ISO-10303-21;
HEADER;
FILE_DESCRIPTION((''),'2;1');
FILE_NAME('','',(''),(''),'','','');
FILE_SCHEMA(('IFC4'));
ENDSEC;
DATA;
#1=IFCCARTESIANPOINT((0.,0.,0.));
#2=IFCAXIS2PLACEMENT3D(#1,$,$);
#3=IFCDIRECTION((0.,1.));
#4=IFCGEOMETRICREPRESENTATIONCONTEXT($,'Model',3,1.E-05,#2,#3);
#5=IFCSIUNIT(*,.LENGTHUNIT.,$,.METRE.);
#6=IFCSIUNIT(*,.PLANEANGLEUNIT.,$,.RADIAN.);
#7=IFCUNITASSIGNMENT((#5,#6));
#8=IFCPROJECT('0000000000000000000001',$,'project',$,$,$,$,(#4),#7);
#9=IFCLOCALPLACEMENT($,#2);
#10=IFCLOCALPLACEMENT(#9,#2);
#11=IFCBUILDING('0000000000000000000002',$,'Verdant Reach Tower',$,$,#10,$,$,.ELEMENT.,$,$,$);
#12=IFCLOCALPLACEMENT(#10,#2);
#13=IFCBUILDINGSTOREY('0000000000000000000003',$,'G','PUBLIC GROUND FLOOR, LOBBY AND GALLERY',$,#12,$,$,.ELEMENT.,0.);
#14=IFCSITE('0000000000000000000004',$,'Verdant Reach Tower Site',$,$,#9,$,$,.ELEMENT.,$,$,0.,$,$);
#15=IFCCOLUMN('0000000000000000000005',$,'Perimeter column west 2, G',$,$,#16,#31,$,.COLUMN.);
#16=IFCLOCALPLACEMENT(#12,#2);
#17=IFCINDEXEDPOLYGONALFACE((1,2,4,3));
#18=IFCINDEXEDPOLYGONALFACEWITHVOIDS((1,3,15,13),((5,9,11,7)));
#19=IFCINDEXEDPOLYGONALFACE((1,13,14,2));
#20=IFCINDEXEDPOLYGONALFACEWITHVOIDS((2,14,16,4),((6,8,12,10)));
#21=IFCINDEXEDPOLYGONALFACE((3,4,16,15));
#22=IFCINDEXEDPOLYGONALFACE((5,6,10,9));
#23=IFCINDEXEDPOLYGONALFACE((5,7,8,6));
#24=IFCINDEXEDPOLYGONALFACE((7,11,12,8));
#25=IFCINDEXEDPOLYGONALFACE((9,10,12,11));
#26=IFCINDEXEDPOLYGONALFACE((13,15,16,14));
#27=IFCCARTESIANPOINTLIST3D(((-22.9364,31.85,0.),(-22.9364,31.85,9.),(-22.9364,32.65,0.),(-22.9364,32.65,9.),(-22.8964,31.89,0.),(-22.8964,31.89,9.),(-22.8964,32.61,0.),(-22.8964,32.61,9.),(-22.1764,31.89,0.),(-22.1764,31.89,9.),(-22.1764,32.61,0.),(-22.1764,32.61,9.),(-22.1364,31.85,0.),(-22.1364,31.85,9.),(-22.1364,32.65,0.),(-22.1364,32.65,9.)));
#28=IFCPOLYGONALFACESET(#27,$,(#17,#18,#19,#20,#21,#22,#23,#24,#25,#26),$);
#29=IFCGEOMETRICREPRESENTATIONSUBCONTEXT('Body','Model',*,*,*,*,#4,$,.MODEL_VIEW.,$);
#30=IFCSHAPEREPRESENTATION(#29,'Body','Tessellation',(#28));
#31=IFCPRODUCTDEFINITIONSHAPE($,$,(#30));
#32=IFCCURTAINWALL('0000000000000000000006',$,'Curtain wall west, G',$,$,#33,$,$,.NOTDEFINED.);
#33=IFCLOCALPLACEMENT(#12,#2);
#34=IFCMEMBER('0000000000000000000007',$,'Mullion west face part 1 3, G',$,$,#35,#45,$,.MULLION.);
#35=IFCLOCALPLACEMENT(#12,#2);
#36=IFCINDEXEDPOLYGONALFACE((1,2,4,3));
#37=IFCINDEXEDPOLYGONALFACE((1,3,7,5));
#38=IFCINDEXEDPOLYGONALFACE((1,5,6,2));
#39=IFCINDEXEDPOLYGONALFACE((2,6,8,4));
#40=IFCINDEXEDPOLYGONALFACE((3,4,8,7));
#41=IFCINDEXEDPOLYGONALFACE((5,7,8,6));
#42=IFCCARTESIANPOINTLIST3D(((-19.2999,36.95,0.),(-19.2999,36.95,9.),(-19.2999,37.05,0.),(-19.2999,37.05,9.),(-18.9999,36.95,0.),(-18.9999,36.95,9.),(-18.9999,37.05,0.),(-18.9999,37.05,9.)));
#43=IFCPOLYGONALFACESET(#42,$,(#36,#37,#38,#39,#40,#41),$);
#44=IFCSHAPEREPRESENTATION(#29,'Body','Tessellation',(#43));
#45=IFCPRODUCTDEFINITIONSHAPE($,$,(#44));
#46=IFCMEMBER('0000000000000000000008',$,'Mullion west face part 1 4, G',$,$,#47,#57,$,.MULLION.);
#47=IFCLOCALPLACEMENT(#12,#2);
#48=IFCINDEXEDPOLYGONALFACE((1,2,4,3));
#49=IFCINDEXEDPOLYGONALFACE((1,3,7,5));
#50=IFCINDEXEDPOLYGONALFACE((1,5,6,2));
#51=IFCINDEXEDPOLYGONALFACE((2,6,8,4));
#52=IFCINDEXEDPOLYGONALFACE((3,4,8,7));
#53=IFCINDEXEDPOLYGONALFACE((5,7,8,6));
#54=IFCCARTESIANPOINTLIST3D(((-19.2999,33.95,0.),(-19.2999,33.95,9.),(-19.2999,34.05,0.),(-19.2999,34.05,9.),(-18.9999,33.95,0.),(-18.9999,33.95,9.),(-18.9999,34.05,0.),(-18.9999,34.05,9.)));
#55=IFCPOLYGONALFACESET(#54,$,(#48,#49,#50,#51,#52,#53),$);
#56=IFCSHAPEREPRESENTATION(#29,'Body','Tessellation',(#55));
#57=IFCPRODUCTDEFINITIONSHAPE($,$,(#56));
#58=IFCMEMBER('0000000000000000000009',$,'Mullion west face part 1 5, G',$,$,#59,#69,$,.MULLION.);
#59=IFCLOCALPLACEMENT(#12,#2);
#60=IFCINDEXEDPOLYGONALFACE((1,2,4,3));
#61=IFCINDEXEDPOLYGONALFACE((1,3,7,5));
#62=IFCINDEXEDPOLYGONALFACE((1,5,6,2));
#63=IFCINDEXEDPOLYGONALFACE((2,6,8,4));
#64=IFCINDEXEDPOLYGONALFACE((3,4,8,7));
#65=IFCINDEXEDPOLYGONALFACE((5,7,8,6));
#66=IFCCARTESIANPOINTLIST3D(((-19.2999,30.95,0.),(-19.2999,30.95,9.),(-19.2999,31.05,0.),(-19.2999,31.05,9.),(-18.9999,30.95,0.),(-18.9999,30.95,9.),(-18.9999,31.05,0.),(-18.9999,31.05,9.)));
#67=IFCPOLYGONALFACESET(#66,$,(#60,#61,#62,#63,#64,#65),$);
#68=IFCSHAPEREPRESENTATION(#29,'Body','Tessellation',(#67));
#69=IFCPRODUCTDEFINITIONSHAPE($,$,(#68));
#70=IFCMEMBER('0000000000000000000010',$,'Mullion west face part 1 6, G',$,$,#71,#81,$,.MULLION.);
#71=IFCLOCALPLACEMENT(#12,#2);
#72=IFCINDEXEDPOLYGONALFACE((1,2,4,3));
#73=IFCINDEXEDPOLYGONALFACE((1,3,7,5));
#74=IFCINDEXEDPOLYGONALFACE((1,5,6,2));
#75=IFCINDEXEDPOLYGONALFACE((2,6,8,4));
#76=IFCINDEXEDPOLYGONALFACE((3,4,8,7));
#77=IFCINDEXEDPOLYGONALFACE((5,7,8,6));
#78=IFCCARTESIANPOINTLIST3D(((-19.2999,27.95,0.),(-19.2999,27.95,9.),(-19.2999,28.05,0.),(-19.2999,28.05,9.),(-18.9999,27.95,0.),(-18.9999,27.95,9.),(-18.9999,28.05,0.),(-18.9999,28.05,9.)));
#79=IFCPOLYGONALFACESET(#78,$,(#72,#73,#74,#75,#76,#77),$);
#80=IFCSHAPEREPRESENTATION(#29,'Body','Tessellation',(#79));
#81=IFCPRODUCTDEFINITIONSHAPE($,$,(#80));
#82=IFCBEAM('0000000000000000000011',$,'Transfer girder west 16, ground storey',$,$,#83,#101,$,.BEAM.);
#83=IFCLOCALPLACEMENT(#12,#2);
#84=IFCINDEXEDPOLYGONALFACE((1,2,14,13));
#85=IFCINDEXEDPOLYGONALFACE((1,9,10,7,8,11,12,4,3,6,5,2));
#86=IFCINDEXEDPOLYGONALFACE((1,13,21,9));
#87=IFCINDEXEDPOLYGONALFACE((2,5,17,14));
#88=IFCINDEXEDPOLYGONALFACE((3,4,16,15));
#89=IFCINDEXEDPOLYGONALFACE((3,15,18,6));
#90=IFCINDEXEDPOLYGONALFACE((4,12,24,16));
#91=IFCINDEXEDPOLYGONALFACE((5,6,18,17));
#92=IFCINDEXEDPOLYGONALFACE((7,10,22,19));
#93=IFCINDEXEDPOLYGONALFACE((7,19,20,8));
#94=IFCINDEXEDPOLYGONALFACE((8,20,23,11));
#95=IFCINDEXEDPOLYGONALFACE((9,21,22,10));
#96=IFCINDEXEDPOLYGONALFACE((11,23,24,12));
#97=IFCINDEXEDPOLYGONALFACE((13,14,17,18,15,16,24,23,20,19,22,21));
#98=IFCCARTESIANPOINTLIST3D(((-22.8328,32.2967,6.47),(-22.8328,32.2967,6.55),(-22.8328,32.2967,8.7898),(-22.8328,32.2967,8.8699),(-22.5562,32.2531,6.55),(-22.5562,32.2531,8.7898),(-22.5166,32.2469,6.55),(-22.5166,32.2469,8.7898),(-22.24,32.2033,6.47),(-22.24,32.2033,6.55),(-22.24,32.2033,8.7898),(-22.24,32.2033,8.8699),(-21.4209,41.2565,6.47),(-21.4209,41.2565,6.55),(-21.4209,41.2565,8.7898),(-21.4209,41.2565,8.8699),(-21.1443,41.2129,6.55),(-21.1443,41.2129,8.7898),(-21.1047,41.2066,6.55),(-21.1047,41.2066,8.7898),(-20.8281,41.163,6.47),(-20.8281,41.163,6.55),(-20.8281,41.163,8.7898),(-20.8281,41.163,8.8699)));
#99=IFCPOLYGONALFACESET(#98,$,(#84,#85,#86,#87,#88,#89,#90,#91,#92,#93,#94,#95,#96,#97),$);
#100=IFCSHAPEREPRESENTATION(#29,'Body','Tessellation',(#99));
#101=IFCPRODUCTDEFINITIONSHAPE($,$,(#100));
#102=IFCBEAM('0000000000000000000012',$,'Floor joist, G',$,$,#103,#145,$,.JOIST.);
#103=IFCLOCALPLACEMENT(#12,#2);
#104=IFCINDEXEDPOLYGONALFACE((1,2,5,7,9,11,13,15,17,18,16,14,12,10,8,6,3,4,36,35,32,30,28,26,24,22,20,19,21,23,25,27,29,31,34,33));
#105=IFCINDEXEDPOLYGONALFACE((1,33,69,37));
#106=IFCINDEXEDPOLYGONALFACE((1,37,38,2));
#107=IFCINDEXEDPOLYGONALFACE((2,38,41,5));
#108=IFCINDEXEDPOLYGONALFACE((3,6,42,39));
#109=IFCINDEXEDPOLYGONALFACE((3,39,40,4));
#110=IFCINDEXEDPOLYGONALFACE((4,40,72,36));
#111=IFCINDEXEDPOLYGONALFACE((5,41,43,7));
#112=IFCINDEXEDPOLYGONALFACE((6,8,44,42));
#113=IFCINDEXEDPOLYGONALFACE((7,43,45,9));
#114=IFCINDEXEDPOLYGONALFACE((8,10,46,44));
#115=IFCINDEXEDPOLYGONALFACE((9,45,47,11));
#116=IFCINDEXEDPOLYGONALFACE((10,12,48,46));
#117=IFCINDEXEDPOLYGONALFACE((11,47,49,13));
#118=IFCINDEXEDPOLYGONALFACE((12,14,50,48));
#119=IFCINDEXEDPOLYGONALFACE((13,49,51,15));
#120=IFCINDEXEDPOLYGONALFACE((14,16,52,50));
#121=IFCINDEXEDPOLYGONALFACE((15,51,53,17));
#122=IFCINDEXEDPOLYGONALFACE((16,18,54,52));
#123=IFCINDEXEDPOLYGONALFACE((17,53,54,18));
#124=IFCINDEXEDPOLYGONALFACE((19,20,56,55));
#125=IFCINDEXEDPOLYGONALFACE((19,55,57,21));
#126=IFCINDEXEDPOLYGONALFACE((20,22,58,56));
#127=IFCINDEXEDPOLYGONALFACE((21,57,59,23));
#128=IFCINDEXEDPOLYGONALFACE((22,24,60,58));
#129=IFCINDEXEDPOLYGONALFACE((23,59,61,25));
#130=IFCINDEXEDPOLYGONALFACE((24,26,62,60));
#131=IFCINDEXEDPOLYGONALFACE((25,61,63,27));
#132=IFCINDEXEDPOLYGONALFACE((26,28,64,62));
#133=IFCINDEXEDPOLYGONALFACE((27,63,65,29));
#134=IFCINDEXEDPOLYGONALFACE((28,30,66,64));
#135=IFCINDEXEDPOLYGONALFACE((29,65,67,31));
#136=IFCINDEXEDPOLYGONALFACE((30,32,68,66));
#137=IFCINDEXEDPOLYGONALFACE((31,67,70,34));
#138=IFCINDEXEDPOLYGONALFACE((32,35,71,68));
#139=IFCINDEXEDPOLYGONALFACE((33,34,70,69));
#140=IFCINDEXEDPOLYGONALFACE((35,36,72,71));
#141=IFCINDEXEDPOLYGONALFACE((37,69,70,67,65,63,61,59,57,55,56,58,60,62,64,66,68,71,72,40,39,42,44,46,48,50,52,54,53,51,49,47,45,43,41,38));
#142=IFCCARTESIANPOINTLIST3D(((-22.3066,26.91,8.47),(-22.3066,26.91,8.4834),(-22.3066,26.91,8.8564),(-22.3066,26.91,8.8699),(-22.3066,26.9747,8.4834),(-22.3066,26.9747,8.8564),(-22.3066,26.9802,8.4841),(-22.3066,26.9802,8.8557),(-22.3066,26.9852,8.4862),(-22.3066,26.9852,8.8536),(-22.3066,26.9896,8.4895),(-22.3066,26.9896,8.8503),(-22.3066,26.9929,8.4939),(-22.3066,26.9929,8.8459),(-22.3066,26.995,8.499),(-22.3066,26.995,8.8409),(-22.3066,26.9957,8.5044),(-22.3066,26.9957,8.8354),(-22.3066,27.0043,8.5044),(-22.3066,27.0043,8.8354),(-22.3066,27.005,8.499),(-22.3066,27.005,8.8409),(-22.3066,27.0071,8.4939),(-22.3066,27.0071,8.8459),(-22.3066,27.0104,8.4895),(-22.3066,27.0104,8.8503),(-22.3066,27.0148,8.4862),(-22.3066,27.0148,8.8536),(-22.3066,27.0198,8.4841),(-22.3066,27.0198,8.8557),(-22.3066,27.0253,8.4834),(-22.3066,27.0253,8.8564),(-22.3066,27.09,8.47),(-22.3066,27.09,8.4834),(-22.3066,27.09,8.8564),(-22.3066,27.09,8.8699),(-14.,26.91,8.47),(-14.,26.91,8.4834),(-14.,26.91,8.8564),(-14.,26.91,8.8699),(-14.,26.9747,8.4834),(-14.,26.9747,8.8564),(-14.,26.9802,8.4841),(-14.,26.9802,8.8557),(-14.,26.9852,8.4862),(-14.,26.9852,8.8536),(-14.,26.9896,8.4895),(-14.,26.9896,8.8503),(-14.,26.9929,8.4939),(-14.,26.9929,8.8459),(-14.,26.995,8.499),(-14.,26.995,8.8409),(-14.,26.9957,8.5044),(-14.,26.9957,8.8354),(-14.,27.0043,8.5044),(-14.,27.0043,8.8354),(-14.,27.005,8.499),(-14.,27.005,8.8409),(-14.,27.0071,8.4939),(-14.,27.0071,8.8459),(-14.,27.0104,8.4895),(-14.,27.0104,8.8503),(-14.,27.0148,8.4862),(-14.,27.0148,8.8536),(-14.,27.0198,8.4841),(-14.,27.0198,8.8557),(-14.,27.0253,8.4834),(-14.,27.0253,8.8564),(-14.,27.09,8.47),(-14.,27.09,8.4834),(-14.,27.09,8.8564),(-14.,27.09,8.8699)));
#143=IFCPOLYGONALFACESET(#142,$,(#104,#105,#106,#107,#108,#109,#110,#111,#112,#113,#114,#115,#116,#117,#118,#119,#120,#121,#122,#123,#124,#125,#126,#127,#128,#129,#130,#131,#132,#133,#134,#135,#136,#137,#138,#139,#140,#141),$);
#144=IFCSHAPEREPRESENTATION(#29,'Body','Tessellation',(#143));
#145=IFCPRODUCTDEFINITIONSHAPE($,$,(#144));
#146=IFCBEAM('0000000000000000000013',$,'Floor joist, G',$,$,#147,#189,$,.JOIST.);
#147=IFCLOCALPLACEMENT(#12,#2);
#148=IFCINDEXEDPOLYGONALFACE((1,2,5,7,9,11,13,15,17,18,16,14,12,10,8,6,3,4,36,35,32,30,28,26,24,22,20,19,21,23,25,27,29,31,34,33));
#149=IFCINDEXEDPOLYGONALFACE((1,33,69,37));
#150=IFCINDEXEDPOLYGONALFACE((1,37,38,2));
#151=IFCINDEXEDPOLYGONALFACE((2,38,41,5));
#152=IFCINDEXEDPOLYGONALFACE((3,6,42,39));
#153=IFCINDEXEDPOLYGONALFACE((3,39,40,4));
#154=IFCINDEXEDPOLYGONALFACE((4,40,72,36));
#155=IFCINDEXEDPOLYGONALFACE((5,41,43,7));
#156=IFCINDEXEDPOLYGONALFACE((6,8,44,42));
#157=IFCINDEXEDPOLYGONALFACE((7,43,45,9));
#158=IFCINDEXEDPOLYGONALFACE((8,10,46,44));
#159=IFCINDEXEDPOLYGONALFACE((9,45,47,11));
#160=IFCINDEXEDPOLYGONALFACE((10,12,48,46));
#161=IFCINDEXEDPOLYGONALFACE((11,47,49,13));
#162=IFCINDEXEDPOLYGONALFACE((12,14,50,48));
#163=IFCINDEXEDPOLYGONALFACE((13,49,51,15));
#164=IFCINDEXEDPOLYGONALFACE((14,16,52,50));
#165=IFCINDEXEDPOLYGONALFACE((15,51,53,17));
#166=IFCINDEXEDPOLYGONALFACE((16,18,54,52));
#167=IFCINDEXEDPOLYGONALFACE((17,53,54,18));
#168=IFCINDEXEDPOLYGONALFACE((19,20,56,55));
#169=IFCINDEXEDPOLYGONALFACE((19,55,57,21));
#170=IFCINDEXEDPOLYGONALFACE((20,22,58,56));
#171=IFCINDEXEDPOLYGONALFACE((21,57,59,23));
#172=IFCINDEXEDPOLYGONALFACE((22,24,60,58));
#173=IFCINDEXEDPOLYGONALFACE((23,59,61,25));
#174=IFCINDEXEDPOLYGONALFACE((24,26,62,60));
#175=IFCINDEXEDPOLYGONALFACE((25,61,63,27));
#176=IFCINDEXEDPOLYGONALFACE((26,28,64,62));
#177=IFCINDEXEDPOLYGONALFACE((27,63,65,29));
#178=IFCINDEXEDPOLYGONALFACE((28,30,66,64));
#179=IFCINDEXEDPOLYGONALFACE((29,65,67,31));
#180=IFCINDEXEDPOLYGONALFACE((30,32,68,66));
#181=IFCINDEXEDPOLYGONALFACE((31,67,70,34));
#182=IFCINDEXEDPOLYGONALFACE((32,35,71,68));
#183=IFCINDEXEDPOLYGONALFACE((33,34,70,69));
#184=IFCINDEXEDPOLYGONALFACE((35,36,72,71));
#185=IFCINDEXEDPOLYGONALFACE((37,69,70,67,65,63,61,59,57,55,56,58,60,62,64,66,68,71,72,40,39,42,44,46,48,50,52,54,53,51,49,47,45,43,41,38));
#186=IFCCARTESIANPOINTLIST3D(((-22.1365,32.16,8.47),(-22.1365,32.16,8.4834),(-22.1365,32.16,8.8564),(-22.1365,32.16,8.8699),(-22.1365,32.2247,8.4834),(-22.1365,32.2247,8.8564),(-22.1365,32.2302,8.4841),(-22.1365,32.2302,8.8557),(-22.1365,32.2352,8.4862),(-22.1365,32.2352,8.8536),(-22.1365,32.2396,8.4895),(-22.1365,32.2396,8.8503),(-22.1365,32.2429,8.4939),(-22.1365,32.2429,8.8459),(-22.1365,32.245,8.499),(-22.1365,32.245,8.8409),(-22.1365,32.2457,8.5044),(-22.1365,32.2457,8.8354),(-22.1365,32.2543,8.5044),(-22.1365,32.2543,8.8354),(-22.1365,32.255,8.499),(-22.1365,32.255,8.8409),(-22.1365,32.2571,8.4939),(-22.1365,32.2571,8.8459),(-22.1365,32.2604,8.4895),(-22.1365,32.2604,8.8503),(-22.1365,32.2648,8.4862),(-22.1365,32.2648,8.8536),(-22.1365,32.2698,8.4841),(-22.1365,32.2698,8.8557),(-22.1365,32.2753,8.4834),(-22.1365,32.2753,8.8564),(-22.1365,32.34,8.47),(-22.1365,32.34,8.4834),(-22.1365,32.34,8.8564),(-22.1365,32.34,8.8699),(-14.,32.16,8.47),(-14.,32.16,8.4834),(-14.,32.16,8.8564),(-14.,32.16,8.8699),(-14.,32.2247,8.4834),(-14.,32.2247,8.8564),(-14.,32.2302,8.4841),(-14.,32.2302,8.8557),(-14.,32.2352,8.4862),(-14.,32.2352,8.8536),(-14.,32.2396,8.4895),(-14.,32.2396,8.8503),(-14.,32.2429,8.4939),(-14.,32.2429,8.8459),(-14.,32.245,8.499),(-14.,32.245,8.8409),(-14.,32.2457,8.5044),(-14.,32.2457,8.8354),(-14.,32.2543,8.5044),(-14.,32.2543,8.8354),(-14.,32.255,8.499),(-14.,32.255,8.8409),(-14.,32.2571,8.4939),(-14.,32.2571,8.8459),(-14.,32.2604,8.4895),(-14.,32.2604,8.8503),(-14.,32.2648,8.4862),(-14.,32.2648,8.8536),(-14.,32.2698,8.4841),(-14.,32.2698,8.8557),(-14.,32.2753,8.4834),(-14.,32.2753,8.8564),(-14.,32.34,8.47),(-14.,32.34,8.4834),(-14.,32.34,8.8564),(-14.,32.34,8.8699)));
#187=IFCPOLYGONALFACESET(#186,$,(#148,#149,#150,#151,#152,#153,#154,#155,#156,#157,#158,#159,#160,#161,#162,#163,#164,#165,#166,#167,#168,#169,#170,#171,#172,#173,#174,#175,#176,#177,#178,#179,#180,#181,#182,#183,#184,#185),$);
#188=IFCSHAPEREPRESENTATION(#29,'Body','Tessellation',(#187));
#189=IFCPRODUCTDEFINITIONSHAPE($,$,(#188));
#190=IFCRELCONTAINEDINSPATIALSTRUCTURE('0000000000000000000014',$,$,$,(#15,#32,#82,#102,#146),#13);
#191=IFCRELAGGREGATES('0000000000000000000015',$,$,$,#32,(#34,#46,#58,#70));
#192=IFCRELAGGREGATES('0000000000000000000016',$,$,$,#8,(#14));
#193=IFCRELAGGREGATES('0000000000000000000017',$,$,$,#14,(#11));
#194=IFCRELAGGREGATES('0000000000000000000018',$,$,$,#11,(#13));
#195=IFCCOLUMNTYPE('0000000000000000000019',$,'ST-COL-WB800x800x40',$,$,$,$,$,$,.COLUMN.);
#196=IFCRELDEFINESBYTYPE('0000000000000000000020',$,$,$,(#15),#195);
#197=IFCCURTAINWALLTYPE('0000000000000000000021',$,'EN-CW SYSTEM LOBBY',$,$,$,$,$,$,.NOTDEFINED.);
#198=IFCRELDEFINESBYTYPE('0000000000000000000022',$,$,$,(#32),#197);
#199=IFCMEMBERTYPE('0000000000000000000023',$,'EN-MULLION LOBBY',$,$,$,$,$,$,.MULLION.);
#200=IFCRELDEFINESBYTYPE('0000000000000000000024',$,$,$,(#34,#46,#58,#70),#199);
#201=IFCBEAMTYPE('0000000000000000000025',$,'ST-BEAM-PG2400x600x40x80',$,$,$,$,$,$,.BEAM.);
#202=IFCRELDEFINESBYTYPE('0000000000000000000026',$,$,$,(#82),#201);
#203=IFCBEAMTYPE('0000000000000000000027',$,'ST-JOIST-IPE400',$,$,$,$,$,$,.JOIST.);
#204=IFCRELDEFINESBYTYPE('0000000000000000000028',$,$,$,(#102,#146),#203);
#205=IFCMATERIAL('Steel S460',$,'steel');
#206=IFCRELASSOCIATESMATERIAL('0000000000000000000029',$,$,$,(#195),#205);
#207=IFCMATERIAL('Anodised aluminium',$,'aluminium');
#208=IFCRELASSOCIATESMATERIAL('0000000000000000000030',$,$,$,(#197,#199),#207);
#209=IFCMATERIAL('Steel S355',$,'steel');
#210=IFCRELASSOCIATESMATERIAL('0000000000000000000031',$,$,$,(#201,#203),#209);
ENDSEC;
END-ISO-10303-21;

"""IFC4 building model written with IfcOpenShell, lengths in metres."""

from ifc_helpers import new_model, si_unit, direction, frame, origin, origin_2d, place, context, subcontext, project, spatial, rectangle, hollow_rectangle, i_section, extrude, material, material_profile, profile_set, type_object, element, aggregate, save


model = new_model("IFC4")

# Units and contexts
model_context = context("Model", 3, precision=1e-05, world=origin(), true_north=direction((0.0, 1.0)))
body_context = subcontext(model_context, "Body", "Model", "MODEL_VIEW")
ifc_project = project(units=[si_unit("LENGTHUNIT", "METRE"), si_unit("PLANEANGLEUNIT", "RADIAN")], contexts=[model_context])

# Site, building, storey
site_placement = place(None, origin())
site = spatial("IfcSite", under=ifc_project, at=site_placement, Name="Verdant Reach Tower Site", CompositionType="ELEMENT", RefElevation=0.0)
building_placement = place(site_placement, origin())
building = spatial("IfcBuilding", under=site, at=building_placement, Name="Verdant Reach Tower", CompositionType="ELEMENT")
storey_placement = place(building_placement, origin())
storey = spatial("IfcBuildingStorey", under=building, at=storey_placement, Name="G", Description="PUBLIC GROUND FLOOR, LOBBY AND GALLERY", CompositionType="ELEMENT", Elevation=0.0)

# Column
ifc_material_1 = material(Name="Steel S460", Category="steel")
ifc_material_profile_1 = material_profile(ifc_material_1, hollow_rectangle(XDim=0.8, YDim=0.8, WallThickness=0.04, at=origin_2d()), Name="WB 800x800x40")
ifc_profile_set_1 = profile_set([ifc_material_profile_1], Name="Steel S460")
column_type = type_object("IfcColumnType", Name="ST-COL-WB800x800x40", PredefinedType="COLUMN", material=ifc_profile_set_1)
column_placement = place(storey_placement, frame((-22.5364, 32.25, 0.0), z_axis=(0.0, 0.0, 1.0), x_axis=(1.0, 0.0, 0.0)))
element("IfcColumn", 1, at=column_placement, inside=storey, type_object=column_type, Name="Perimeter column west 2, G", PredefinedType="COLUMN", context=body_context, shape_type="SweptSolid", body=[
    extrude(hollow_rectangle(XDim=0.8, YDim=0.8, WallThickness=0.04, at=origin_2d()), origin(), (0.0, 0.0, 1.0), 9.0),
])

# Curtain wall, members
ifc_material_2 = material(Name="Anodised aluminium", Category="aluminium")
curtain_wall_type = type_object("IfcCurtainWallType", Name="EN-CW SYSTEM LOBBY", PredefinedType="NOTDEFINED", material=ifc_material_2)
curtain_wall_placement = place(storey_placement, origin())
curtain_wall = element("IfcCurtainWall", 2, at=curtain_wall_placement, inside=storey, type_object=curtain_wall_type, Name="Curtain wall west, G", PredefinedType="NOTDEFINED")
ifc_material_profile_2 = material_profile(ifc_material_2, rectangle(XDim=0.3, YDim=0.1001, at=origin_2d()), Name="Mullion 100x300")
ifc_profile_set_2 = profile_set([ifc_material_profile_2], Name="Anodised aluminium")
member_type = type_object("IfcMemberType", Name="EN-MULLION LOBBY", PredefinedType="MULLION", material=ifc_profile_set_2)
member_1_placement = place(storey_placement, frame((-19.1499, 37.0, 0.0), z_axis=(0.0, 0.0, 1.0), x_axis=(-1.0, 0.0, 0.0)))
member_1 = element("IfcMember", 3, at=member_1_placement, type_object=member_type, Name="Mullion west face part 1 3, G", PredefinedType="MULLION", context=body_context, shape_type="SweptSolid", body=[
    extrude(rectangle(XDim=0.3, YDim=0.1001, at=origin_2d()), origin(), (0.0, 0.0, 1.0), 9.0),
])
member_2_placement = place(storey_placement, frame((-19.1499, 34.0, 0.0), z_axis=(0.0, 0.0, 1.0), x_axis=(-1.0, 0.0, 0.0)))
member_2 = element("IfcMember", 4, at=member_2_placement, type_object=member_type, Name="Mullion west face part 1 4, G", PredefinedType="MULLION", context=body_context, shape_type="SweptSolid", body=[
    extrude(rectangle(XDim=0.3, YDim=0.1001, at=origin_2d()), origin(), (0.0, 0.0, 1.0), 9.0),
])
member_3_placement = place(storey_placement, frame((-19.1499, 31.0, 0.0), z_axis=(0.0, 0.0, 1.0), x_axis=(-1.0, 0.0, 0.0)))
member_3 = element("IfcMember", 5, at=member_3_placement, type_object=member_type, Name="Mullion west face part 1 5, G", PredefinedType="MULLION", context=body_context, shape_type="SweptSolid", body=[
    extrude(rectangle(XDim=0.3, YDim=0.1001, at=origin_2d()), origin(), (0.0, 0.0, 1.0), 9.0),
])
member_4_placement = place(storey_placement, frame((-19.1499, 28.0, 0.0), z_axis=(0.0, 0.0, 1.0), x_axis=(-1.0, 0.0, 0.0)))
member_4 = element("IfcMember", 6, at=member_4_placement, type_object=member_type, Name="Mullion west face part 1 6, G", PredefinedType="MULLION", context=body_context, shape_type="SweptSolid", body=[
    extrude(rectangle(XDim=0.3, YDim=0.1001, at=origin_2d()), origin(), (0.0, 0.0, 1.0), 9.0),
])

# Beams
ifc_material_3 = material(Name="Steel S355", Category="steel")
ifc_material_profile_3 = material_profile(ifc_material_3, i_section(OverallWidth=0.6001, OverallDepth=2.3999, WebThickness=0.04, FlangeThickness=0.0801, at=origin_2d()), Name="PG 2400x600x40x80")
ifc_profile_set_3 = profile_set([ifc_material_profile_3], Name="Steel S355")
beam_type_1 = type_object("IfcBeamType", Name="ST-BEAM-PG2400x600x40x80", PredefinedType="BEAM", material=ifc_profile_set_3)
beam_1_placement = place(storey_placement, frame((-22.5364, 32.25, 7.6699), z_axis=(0.155658, 0.987811, 0.0), x_axis=(-0.987811, 0.155658, 0.0)))
element("IfcBeam", 7, at=beam_1_placement, inside=storey, type_object=beam_type_1, Name="Transfer girder west 16, ground storey", PredefinedType="BEAM", context=body_context, shape_type="SweptSolid", body=[
    extrude(i_section(OverallWidth=0.6001, OverallDepth=2.3999, WebThickness=0.04, FlangeThickness=0.0801, at=origin_2d()), origin(), (0.0, 0.0, 1.0), 9.0703),
])
ifc_material_profile_4 = material_profile(ifc_material_3, i_section(OverallWidth=0.1799, OverallDepth=0.3999, WebThickness=0.0085, FlangeThickness=0.0134, FilletRadius=0.021, at=origin_2d()), Name="IPE 400")
ifc_profile_set_4 = profile_set([ifc_material_profile_4], Name="Steel S355")
beam_type_2 = type_object("IfcBeamType", Name="ST-JOIST-IPE400", PredefinedType="JOIST", material=ifc_profile_set_4)
beam_2_placement = place(storey_placement, frame((-14.0, 27.0, 8.6699), z_axis=(-1.0, 0.0, 0.0), x_axis=(0.0, -1.0, 0.0)))
element("IfcBeam", 8, at=beam_2_placement, inside=storey, type_object=beam_type_2, Name="Floor joist, G", PredefinedType="JOIST", context=body_context, shape_type="SweptSolid", body=[
    extrude(i_section(OverallWidth=0.1799, OverallDepth=0.3999, WebThickness=0.0085, FlangeThickness=0.0134, FilletRadius=0.021, at=origin_2d()), origin(), (0.0, 0.0, 1.0), 8.3066),
])
beam_3_placement = place(storey_placement, frame((-14.0, 32.25, 8.6699), z_axis=(-1.0, 0.0, 0.0), x_axis=(0.0, -1.0, 0.0)))
element("IfcBeam", 9, at=beam_3_placement, inside=storey, type_object=beam_type_2, Name="Floor joist, G", PredefinedType="JOIST", context=body_context, shape_type="SweptSolid", body=[
    extrude(i_section(OverallWidth=0.1799, OverallDepth=0.3999, WebThickness=0.0085, FlangeThickness=0.0134, FilletRadius=0.021, at=origin_2d()), origin(), (0.0, 0.0, 1.0), 8.1365),
])

aggregate(curtain_wall, [member_1, member_2, member_3, member_4])

save(model, "model.ifc")
